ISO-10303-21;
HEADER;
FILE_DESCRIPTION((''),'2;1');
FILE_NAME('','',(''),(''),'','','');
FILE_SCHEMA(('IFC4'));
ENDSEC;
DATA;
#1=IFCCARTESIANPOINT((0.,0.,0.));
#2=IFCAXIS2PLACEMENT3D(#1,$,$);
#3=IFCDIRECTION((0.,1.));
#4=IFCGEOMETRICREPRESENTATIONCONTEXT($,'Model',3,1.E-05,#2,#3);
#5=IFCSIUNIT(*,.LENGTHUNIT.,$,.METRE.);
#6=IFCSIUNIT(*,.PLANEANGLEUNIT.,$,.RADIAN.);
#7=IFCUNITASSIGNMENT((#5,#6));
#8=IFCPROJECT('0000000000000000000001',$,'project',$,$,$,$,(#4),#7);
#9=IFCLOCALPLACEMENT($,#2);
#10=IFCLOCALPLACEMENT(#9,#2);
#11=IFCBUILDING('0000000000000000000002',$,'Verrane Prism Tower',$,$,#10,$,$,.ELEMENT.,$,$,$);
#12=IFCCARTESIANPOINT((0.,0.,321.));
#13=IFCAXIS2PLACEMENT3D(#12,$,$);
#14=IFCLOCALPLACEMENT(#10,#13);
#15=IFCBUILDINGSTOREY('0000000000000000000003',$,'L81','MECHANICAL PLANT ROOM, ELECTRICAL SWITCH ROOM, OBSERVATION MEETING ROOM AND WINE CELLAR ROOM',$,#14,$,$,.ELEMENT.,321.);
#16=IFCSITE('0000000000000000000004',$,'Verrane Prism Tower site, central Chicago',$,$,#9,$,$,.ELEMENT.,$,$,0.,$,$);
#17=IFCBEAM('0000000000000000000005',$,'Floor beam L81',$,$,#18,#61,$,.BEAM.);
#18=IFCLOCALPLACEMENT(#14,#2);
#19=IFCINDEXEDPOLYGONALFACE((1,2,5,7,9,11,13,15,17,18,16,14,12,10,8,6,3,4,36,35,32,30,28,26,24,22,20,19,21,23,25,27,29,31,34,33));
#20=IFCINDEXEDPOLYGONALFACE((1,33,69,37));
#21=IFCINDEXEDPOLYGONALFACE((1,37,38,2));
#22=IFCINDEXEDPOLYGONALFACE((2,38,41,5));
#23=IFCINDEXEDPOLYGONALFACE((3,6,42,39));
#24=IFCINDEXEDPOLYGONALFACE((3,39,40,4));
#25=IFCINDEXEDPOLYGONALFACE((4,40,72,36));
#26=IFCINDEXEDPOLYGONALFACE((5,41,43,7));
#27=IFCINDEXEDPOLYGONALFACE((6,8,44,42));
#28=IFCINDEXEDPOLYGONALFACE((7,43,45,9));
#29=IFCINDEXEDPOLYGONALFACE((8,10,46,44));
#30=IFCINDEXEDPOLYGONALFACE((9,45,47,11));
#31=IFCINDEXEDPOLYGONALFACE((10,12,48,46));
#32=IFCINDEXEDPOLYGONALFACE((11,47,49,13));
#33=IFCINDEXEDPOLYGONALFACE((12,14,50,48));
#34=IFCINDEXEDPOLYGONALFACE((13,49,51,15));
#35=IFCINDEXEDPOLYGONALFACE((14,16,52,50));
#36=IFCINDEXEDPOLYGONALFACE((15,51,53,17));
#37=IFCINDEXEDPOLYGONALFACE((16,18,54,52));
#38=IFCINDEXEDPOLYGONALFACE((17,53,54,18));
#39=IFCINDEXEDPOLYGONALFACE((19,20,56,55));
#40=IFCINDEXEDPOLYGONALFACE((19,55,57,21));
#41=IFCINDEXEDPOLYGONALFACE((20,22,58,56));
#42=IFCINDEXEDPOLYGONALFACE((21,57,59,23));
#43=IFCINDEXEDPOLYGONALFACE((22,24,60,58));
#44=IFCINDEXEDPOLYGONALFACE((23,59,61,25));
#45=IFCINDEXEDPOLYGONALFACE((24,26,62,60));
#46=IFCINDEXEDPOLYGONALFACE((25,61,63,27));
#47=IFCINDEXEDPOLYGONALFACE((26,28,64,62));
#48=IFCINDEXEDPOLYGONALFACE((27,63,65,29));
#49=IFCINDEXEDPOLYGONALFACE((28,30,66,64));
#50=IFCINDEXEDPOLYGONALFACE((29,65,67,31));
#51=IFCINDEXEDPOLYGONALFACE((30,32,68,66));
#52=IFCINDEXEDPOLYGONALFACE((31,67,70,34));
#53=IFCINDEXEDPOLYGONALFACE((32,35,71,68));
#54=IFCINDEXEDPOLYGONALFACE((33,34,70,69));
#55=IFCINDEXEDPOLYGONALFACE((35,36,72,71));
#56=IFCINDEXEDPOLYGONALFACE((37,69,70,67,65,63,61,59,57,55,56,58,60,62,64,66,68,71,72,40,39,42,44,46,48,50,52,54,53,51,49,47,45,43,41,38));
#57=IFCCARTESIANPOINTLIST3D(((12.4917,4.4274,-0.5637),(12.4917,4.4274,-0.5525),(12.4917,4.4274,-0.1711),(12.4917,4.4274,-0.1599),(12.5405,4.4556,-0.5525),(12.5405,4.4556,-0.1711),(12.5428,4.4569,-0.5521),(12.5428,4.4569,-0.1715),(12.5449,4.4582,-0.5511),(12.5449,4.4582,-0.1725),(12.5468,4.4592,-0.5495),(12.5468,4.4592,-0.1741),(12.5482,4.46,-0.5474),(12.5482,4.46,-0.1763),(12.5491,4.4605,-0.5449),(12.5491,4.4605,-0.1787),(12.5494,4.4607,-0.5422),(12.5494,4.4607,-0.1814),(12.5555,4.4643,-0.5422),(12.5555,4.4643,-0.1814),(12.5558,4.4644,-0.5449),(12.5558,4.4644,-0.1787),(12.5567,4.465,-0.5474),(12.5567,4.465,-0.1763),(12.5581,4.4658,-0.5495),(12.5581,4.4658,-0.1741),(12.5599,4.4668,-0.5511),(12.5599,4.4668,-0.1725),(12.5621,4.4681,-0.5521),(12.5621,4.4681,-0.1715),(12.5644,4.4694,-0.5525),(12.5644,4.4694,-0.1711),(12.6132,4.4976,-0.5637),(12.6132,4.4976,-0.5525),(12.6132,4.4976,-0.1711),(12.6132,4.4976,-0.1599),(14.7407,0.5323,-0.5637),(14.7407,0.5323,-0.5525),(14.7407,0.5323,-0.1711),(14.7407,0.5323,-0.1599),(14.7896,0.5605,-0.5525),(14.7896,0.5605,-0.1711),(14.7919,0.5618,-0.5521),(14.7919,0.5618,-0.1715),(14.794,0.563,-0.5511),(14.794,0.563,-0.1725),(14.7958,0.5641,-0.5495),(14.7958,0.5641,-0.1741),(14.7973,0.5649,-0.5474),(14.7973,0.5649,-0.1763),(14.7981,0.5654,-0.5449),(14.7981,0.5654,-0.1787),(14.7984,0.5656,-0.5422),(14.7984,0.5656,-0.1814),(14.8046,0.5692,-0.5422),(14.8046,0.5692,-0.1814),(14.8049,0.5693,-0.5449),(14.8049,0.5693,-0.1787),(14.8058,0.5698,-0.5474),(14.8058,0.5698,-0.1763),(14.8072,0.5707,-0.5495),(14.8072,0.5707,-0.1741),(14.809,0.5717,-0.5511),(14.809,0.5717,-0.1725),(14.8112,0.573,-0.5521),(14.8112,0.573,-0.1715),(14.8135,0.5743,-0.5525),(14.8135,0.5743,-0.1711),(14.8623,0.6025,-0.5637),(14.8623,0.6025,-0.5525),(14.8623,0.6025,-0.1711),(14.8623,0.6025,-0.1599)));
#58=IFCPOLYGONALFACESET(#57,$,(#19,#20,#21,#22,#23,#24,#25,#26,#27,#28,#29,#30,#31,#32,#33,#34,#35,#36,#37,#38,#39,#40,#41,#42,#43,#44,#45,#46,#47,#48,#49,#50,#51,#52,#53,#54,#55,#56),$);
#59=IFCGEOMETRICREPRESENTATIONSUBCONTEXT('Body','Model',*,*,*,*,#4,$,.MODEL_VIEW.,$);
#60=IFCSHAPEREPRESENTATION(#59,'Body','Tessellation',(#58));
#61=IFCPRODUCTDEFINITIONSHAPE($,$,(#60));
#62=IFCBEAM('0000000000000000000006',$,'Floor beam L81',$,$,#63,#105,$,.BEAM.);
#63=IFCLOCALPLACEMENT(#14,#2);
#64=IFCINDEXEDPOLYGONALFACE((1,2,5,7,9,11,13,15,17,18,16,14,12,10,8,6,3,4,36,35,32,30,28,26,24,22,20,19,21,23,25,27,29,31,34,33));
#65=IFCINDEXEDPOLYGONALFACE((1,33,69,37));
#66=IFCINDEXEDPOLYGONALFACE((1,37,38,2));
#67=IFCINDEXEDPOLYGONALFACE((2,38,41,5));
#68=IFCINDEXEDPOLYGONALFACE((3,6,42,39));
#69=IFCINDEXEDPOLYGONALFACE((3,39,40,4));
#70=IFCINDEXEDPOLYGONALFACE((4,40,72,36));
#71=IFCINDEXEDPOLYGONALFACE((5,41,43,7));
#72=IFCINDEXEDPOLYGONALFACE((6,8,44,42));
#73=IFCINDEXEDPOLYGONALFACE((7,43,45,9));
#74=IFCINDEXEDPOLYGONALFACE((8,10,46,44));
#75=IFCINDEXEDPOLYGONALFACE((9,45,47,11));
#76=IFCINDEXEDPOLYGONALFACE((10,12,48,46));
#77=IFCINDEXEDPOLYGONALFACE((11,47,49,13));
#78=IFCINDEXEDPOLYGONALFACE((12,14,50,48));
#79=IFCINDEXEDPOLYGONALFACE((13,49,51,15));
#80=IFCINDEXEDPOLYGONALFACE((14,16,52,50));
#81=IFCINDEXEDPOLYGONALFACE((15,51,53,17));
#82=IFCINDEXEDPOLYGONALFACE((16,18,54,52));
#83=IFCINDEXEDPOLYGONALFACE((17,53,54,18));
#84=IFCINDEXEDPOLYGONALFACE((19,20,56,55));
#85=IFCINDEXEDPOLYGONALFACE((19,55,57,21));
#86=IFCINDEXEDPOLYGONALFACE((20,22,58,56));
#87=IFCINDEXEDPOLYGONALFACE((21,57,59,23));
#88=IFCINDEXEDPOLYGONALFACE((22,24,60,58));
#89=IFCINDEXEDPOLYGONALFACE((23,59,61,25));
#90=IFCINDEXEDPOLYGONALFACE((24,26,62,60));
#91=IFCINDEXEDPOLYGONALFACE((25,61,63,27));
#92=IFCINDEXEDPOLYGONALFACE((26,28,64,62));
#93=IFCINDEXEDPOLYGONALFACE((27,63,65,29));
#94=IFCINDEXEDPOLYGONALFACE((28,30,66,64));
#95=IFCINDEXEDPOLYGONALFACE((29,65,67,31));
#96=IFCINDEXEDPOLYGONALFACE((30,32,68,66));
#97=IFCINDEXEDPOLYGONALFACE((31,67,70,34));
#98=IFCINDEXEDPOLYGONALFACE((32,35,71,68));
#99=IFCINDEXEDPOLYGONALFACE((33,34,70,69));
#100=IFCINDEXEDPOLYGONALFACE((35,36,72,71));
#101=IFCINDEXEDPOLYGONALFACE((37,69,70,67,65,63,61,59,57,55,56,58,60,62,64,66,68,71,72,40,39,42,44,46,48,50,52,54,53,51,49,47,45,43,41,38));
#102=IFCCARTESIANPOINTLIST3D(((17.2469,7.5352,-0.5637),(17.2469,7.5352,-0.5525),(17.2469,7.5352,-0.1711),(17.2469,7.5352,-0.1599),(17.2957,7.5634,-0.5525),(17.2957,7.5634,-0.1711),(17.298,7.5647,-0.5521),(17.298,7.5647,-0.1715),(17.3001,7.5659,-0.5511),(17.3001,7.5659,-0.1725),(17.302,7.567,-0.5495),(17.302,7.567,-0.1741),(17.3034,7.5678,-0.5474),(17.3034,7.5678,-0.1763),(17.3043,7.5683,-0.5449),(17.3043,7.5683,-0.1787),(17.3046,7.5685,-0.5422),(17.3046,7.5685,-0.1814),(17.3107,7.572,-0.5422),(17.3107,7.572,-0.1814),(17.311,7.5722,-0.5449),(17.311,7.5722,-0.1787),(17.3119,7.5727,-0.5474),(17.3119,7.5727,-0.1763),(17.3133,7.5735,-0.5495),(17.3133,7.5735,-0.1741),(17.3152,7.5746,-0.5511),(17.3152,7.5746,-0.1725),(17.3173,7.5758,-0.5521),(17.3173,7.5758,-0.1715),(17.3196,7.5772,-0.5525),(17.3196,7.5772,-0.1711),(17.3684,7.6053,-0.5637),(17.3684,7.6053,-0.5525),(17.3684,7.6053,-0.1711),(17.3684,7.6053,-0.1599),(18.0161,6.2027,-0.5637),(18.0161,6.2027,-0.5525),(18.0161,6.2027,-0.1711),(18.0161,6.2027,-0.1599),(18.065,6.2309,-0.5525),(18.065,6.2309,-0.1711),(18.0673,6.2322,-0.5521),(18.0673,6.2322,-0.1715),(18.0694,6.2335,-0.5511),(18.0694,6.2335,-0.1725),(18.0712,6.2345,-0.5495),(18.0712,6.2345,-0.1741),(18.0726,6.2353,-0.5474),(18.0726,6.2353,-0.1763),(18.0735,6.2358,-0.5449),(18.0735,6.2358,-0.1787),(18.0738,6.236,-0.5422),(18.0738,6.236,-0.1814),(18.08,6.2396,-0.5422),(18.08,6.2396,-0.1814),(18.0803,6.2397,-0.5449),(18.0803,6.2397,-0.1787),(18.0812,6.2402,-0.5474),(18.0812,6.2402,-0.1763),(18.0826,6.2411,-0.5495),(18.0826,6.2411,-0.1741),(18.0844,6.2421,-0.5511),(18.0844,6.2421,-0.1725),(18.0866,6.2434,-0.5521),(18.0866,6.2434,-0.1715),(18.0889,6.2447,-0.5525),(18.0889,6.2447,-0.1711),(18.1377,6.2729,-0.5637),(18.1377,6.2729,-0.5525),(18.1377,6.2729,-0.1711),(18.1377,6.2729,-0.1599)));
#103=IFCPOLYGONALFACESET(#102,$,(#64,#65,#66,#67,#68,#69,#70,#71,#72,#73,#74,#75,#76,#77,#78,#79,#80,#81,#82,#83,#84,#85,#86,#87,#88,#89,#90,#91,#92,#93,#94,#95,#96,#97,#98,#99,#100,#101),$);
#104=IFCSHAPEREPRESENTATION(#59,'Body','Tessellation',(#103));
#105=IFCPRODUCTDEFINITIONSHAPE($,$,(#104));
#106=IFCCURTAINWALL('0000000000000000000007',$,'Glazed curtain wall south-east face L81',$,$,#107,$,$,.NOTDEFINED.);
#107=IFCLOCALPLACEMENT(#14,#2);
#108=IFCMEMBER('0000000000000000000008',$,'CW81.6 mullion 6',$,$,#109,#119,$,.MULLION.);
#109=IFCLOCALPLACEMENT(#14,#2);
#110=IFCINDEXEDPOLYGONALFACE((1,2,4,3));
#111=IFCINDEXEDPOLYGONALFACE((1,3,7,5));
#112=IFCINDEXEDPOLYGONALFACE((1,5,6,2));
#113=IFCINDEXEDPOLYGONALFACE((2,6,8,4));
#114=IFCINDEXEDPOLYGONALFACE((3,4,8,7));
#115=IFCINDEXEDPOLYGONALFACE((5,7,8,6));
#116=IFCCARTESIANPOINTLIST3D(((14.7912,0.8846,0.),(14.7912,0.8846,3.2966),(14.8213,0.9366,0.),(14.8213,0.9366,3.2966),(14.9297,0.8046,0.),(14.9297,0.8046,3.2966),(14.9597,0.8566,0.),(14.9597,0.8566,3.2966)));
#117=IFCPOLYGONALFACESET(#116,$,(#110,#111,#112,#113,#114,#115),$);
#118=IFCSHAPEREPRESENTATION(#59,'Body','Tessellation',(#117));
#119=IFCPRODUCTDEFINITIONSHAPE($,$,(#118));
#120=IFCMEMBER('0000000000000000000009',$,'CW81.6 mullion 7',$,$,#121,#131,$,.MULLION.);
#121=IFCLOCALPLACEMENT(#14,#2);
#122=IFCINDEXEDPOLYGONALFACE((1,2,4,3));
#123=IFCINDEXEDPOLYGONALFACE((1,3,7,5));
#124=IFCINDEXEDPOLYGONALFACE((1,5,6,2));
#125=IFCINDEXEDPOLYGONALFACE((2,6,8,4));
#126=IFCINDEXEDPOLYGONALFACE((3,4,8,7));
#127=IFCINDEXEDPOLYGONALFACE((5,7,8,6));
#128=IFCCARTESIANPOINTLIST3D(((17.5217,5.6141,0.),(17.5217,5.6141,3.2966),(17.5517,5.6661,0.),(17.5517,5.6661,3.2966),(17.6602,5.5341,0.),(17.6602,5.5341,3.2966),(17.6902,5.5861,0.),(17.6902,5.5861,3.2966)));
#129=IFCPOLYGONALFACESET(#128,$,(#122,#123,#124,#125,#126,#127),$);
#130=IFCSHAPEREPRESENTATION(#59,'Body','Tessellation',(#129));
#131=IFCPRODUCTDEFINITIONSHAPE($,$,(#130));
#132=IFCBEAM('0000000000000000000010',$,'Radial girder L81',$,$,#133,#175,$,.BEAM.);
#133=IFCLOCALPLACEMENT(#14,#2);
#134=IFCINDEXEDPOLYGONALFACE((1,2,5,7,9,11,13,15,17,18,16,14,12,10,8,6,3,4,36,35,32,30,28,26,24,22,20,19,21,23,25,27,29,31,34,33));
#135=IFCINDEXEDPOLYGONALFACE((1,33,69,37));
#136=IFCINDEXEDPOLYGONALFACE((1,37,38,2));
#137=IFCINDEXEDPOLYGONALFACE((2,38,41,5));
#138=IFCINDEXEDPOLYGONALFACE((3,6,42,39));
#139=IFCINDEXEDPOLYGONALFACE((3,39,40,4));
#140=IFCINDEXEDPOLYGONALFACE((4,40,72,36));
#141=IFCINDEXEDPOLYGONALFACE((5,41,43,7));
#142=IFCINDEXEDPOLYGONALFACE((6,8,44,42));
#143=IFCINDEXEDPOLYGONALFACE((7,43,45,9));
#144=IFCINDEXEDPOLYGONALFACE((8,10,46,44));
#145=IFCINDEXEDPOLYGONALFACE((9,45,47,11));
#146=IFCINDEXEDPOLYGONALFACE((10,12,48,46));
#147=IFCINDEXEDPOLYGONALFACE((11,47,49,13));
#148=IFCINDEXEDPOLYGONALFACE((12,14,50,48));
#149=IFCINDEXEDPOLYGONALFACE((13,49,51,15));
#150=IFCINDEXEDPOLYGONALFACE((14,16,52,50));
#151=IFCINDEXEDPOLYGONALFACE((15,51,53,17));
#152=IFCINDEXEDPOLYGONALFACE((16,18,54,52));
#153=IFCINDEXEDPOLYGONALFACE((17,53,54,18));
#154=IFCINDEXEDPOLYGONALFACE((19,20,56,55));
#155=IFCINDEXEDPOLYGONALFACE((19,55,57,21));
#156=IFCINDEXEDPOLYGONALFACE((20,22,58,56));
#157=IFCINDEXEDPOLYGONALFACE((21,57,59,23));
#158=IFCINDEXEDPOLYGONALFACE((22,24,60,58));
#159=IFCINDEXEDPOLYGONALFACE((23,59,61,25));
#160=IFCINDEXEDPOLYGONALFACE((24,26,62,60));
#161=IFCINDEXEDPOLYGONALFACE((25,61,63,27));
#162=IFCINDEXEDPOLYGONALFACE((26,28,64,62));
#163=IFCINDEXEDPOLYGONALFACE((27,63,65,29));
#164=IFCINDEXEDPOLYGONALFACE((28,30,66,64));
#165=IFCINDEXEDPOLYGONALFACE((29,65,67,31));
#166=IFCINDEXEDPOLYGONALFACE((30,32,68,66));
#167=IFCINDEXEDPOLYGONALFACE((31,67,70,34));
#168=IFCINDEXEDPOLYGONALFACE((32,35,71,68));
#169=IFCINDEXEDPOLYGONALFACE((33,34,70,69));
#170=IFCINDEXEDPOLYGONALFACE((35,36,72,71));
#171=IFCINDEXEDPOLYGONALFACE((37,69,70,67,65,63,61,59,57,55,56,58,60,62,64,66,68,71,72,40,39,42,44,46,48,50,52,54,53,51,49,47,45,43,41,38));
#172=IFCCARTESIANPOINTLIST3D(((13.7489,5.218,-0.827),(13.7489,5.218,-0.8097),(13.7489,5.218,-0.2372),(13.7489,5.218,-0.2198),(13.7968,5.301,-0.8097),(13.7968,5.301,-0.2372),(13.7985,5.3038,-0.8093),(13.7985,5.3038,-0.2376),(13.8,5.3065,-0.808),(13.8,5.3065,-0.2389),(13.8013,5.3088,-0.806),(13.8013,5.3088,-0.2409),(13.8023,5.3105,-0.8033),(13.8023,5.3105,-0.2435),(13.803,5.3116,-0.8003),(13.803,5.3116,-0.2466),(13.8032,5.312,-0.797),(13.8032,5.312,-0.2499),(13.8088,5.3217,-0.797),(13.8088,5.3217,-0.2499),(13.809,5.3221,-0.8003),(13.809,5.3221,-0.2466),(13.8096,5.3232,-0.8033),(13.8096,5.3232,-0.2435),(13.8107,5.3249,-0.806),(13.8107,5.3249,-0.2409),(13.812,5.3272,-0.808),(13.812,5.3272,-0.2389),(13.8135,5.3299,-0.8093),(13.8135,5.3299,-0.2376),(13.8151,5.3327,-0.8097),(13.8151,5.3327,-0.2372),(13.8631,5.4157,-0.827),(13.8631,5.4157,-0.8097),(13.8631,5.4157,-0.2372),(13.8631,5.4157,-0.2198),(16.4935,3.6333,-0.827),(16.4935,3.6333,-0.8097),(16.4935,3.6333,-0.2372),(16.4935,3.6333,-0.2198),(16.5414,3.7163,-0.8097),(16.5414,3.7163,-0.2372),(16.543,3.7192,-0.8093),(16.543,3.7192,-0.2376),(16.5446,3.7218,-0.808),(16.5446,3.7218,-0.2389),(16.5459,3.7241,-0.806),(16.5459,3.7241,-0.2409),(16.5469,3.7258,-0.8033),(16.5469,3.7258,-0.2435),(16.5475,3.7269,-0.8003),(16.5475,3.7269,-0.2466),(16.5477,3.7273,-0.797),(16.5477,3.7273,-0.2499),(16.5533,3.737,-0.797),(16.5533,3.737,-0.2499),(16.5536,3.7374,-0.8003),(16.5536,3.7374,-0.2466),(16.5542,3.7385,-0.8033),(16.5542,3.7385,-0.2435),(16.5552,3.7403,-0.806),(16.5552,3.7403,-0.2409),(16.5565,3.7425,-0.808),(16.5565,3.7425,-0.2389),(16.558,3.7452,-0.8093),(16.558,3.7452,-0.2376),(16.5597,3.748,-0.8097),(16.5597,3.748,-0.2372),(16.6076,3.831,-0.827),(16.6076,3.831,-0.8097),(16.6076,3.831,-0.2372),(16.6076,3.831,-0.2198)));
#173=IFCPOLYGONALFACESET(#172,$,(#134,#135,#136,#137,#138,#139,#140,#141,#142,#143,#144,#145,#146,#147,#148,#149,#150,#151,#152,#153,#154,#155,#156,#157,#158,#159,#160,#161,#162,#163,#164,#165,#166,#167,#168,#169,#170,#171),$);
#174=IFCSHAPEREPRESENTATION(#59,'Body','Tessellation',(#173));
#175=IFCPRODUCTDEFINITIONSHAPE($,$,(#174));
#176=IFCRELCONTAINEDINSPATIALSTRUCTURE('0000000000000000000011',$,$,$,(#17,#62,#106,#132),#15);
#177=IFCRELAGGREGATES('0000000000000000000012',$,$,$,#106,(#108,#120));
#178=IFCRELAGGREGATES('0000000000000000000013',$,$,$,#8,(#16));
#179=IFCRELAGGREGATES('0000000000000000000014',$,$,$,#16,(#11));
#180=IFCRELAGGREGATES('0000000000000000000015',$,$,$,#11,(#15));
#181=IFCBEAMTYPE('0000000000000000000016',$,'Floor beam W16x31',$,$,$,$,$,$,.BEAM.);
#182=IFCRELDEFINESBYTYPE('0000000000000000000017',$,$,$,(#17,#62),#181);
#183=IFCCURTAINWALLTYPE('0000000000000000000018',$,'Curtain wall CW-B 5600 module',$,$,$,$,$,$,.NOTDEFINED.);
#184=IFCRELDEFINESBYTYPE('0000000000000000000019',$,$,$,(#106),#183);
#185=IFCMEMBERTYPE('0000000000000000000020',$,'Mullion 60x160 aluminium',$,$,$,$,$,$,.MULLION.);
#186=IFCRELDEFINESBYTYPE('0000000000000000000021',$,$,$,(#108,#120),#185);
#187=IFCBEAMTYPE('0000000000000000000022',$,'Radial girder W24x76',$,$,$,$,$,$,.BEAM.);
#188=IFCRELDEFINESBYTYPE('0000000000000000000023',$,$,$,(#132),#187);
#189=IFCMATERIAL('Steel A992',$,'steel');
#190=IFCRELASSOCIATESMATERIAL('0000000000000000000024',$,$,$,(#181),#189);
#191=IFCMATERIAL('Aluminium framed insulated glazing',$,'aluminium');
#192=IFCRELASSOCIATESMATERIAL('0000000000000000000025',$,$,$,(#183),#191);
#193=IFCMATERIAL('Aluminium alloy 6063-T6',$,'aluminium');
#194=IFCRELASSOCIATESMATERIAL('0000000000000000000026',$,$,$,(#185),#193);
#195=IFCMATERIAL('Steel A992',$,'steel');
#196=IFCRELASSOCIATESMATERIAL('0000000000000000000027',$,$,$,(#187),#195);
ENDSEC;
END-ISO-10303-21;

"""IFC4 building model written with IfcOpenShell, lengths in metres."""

from ifc_helpers import new_model, si_unit, direction, frame, origin, origin_2d, place, context, subcontext, project, spatial, rectangle, i_section, extrude, material, material_profile, profile_set, type_object, element, aggregate, save


model = new_model("IFC4")

# Units and contexts
model_context = context("Model", 3, precision=1e-05, world=origin(), true_north=direction((0.0, 1.0)))
body_context = subcontext(model_context, "Body", "Model", "MODEL_VIEW")
ifc_project = project(units=[si_unit("LENGTHUNIT", "METRE"), si_unit("PLANEANGLEUNIT", "RADIAN")], contexts=[model_context])

# Site, building, storey
site_placement = place(None, origin())
site = spatial("IfcSite", under=ifc_project, at=site_placement, Name="Verrane Prism Tower site, central Chicago", CompositionType="ELEMENT", RefElevation=0.0)
building_placement = place(site_placement, origin())
building = spatial("IfcBuilding", under=site, at=building_placement, Name="Verrane Prism Tower", CompositionType="ELEMENT")
storey_placement = place(building_placement, frame((0.0, 0.0, 321.0)))
storey = spatial("IfcBuildingStorey", under=building, at=storey_placement, Name="L81", Description="MECHANICAL PLANT ROOM, ELECTRICAL SWITCH ROOM, OBSERVATION MEETING ROOM AND WINE CELLAR ROOM", CompositionType="ELEMENT", Elevation=321.0)

# Beams
ifc_material_1 = material(Name="Steel A992", Category="steel")
ifc_material_profile_1 = material_profile(ifc_material_1, i_section(OverallWidth=0.1404, OverallDepth=0.4038, WebThickness=0.0071, FlangeThickness=0.0112, FilletRadius=0.0103, at=origin_2d()), Name="W16x31")
ifc_profile_set_1 = profile_set([ifc_material_profile_1], Name="Steel A992")
beam_type_1 = type_object("IfcBeamType", Name="Floor beam W16x31", PredefinedType="BEAM", material=ifc_profile_set_1)
beam_1_placement = place(storey_placement, frame((14.8015, 0.5674, -0.3618), z_axis=(-0.500039, 0.866003, 0.0), x_axis=(-0.866003, -0.500039, 0.0)))
element("IfcBeam", 1, at=beam_1_placement, inside=storey, type_object=beam_type_1, Name="Floor beam L81", PredefinedType="BEAM", context=body_context, shape_type="SweptSolid", body=[
    extrude(i_section(OverallWidth=0.1404, OverallDepth=0.4038, WebThickness=0.0071, FlangeThickness=0.0112, FilletRadius=0.0103, at=origin_2d()), origin(), (0.0, 0.0, 1.0), 4.4978),
])
beam_2_placement = place(storey_placement, frame((18.0769, 6.2378, -0.3618), z_axis=(-0.499979, 0.866038, 0.0), x_axis=(-0.866038, -0.499979, 0.0)))
element("IfcBeam", 2, at=beam_2_placement, inside=storey, type_object=beam_type_1, Name="Floor beam L81", PredefinedType="BEAM", context=body_context, shape_type="SweptSolid", body=[
    extrude(i_section(OverallWidth=0.1404, OverallDepth=0.4038, WebThickness=0.0071, FlangeThickness=0.0112, FilletRadius=0.0103, at=origin_2d()), origin(), (0.0, 0.0, 1.0), 1.5386),
])

# Curtain wall, members
ifc_material_2 = material(Name="Aluminium framed insulated glazing", Category="aluminium")
curtain_wall_type = type_object("IfcCurtainWallType", Name="Curtain wall CW-B 5600 module", PredefinedType="NOTDEFINED", material=ifc_material_2)
curtain_wall_placement = place(storey_placement, origin())
curtain_wall = element("IfcCurtainWall", 3, at=curtain_wall_placement, inside=storey, type_object=curtain_wall_type, Name="Glazed curtain wall south-east face L81", PredefinedType="NOTDEFINED")
ifc_material_3 = material(Name="Aluminium alloy 6063-T6", Category="aluminium")
ifc_material_profile_2 = material_profile(ifc_material_3, rectangle(XDim=0.1599, YDim=0.0601, at=origin_2d()), Name="Mullion 60x160 aluminium")
ifc_profile_set_2 = profile_set([ifc_material_profile_2], Name="Aluminium alloy 6063-T6")
member_type_1 = type_object("IfcMemberType", Name="Mullion 60x160 aluminium", PredefinedType="MULLION", material=ifc_profile_set_2)
member_1_placement = place(storey_placement, frame((14.8755, 0.8706, 0.0), z_axis=(0.0, 0.0, 1.0), x_axis=(-0.866025, 0.5, 0.0)))
member_1 = element("IfcMember", 4, at=member_1_placement, type_object=member_type_1, Name="CW81.6 mullion 6", PredefinedType="MULLION", context=body_context, shape_type="SweptSolid", body=[
    extrude(rectangle(XDim=0.1599, YDim=0.0601, at=origin_2d()), origin(), (0.0, 0.0, 1.0), 3.2966),
])
member_2_placement = place(storey_placement, frame((17.606, 5.6001, 0.0), z_axis=(0.0, 0.0, 1.0), x_axis=(-0.866025, 0.5, 0.0)))
member_2 = element("IfcMember", 5, at=member_2_placement, type_object=member_type_1, Name="CW81.6 mullion 7", PredefinedType="MULLION", context=body_context, shape_type="SweptSolid", body=[
    extrude(rectangle(XDim=0.1599, YDim=0.0601, at=origin_2d()), origin(), (0.0, 0.0, 1.0), 3.2966),
])

# Beam
ifc_material_4 = material(Name="Steel A992", Category="steel")
ifc_material_profile_3 = material_profile(ifc_material_4, i_section(OverallWidth=0.2283, OverallDepth=0.6072, WebThickness=0.0112, FlangeThickness=0.0173, FilletRadius=0.0127, at=origin_2d()), Name="W24x76")
ifc_profile_set_3 = profile_set([ifc_material_profile_3], Name="Steel A992")
beam_type_2 = type_object("IfcBeamType", Name="Radial girder W24x76", PredefinedType="BEAM", material=ifc_profile_set_3)
beam_3_placement = place(storey_placement, frame((16.5505, 3.7322, -0.5234), z_axis=(-0.866011, 0.500025, 0.0), x_axis=(-0.500025, -0.866011, 0.0)))
element("IfcBeam", 6, at=beam_3_placement, inside=storey, type_object=beam_type_2, Name="Radial girder L81", PredefinedType="BEAM", context=body_context, shape_type="SweptSolid", body=[
    extrude(i_section(OverallWidth=0.2283, OverallDepth=0.6072, WebThickness=0.0112, FlangeThickness=0.0173, FilletRadius=0.0127, at=origin_2d()), origin(), (0.0, 0.0, 1.0), 3.1692),
])

aggregate(curtain_wall, [member_1, member_2])

save(model, "model.ifc")
